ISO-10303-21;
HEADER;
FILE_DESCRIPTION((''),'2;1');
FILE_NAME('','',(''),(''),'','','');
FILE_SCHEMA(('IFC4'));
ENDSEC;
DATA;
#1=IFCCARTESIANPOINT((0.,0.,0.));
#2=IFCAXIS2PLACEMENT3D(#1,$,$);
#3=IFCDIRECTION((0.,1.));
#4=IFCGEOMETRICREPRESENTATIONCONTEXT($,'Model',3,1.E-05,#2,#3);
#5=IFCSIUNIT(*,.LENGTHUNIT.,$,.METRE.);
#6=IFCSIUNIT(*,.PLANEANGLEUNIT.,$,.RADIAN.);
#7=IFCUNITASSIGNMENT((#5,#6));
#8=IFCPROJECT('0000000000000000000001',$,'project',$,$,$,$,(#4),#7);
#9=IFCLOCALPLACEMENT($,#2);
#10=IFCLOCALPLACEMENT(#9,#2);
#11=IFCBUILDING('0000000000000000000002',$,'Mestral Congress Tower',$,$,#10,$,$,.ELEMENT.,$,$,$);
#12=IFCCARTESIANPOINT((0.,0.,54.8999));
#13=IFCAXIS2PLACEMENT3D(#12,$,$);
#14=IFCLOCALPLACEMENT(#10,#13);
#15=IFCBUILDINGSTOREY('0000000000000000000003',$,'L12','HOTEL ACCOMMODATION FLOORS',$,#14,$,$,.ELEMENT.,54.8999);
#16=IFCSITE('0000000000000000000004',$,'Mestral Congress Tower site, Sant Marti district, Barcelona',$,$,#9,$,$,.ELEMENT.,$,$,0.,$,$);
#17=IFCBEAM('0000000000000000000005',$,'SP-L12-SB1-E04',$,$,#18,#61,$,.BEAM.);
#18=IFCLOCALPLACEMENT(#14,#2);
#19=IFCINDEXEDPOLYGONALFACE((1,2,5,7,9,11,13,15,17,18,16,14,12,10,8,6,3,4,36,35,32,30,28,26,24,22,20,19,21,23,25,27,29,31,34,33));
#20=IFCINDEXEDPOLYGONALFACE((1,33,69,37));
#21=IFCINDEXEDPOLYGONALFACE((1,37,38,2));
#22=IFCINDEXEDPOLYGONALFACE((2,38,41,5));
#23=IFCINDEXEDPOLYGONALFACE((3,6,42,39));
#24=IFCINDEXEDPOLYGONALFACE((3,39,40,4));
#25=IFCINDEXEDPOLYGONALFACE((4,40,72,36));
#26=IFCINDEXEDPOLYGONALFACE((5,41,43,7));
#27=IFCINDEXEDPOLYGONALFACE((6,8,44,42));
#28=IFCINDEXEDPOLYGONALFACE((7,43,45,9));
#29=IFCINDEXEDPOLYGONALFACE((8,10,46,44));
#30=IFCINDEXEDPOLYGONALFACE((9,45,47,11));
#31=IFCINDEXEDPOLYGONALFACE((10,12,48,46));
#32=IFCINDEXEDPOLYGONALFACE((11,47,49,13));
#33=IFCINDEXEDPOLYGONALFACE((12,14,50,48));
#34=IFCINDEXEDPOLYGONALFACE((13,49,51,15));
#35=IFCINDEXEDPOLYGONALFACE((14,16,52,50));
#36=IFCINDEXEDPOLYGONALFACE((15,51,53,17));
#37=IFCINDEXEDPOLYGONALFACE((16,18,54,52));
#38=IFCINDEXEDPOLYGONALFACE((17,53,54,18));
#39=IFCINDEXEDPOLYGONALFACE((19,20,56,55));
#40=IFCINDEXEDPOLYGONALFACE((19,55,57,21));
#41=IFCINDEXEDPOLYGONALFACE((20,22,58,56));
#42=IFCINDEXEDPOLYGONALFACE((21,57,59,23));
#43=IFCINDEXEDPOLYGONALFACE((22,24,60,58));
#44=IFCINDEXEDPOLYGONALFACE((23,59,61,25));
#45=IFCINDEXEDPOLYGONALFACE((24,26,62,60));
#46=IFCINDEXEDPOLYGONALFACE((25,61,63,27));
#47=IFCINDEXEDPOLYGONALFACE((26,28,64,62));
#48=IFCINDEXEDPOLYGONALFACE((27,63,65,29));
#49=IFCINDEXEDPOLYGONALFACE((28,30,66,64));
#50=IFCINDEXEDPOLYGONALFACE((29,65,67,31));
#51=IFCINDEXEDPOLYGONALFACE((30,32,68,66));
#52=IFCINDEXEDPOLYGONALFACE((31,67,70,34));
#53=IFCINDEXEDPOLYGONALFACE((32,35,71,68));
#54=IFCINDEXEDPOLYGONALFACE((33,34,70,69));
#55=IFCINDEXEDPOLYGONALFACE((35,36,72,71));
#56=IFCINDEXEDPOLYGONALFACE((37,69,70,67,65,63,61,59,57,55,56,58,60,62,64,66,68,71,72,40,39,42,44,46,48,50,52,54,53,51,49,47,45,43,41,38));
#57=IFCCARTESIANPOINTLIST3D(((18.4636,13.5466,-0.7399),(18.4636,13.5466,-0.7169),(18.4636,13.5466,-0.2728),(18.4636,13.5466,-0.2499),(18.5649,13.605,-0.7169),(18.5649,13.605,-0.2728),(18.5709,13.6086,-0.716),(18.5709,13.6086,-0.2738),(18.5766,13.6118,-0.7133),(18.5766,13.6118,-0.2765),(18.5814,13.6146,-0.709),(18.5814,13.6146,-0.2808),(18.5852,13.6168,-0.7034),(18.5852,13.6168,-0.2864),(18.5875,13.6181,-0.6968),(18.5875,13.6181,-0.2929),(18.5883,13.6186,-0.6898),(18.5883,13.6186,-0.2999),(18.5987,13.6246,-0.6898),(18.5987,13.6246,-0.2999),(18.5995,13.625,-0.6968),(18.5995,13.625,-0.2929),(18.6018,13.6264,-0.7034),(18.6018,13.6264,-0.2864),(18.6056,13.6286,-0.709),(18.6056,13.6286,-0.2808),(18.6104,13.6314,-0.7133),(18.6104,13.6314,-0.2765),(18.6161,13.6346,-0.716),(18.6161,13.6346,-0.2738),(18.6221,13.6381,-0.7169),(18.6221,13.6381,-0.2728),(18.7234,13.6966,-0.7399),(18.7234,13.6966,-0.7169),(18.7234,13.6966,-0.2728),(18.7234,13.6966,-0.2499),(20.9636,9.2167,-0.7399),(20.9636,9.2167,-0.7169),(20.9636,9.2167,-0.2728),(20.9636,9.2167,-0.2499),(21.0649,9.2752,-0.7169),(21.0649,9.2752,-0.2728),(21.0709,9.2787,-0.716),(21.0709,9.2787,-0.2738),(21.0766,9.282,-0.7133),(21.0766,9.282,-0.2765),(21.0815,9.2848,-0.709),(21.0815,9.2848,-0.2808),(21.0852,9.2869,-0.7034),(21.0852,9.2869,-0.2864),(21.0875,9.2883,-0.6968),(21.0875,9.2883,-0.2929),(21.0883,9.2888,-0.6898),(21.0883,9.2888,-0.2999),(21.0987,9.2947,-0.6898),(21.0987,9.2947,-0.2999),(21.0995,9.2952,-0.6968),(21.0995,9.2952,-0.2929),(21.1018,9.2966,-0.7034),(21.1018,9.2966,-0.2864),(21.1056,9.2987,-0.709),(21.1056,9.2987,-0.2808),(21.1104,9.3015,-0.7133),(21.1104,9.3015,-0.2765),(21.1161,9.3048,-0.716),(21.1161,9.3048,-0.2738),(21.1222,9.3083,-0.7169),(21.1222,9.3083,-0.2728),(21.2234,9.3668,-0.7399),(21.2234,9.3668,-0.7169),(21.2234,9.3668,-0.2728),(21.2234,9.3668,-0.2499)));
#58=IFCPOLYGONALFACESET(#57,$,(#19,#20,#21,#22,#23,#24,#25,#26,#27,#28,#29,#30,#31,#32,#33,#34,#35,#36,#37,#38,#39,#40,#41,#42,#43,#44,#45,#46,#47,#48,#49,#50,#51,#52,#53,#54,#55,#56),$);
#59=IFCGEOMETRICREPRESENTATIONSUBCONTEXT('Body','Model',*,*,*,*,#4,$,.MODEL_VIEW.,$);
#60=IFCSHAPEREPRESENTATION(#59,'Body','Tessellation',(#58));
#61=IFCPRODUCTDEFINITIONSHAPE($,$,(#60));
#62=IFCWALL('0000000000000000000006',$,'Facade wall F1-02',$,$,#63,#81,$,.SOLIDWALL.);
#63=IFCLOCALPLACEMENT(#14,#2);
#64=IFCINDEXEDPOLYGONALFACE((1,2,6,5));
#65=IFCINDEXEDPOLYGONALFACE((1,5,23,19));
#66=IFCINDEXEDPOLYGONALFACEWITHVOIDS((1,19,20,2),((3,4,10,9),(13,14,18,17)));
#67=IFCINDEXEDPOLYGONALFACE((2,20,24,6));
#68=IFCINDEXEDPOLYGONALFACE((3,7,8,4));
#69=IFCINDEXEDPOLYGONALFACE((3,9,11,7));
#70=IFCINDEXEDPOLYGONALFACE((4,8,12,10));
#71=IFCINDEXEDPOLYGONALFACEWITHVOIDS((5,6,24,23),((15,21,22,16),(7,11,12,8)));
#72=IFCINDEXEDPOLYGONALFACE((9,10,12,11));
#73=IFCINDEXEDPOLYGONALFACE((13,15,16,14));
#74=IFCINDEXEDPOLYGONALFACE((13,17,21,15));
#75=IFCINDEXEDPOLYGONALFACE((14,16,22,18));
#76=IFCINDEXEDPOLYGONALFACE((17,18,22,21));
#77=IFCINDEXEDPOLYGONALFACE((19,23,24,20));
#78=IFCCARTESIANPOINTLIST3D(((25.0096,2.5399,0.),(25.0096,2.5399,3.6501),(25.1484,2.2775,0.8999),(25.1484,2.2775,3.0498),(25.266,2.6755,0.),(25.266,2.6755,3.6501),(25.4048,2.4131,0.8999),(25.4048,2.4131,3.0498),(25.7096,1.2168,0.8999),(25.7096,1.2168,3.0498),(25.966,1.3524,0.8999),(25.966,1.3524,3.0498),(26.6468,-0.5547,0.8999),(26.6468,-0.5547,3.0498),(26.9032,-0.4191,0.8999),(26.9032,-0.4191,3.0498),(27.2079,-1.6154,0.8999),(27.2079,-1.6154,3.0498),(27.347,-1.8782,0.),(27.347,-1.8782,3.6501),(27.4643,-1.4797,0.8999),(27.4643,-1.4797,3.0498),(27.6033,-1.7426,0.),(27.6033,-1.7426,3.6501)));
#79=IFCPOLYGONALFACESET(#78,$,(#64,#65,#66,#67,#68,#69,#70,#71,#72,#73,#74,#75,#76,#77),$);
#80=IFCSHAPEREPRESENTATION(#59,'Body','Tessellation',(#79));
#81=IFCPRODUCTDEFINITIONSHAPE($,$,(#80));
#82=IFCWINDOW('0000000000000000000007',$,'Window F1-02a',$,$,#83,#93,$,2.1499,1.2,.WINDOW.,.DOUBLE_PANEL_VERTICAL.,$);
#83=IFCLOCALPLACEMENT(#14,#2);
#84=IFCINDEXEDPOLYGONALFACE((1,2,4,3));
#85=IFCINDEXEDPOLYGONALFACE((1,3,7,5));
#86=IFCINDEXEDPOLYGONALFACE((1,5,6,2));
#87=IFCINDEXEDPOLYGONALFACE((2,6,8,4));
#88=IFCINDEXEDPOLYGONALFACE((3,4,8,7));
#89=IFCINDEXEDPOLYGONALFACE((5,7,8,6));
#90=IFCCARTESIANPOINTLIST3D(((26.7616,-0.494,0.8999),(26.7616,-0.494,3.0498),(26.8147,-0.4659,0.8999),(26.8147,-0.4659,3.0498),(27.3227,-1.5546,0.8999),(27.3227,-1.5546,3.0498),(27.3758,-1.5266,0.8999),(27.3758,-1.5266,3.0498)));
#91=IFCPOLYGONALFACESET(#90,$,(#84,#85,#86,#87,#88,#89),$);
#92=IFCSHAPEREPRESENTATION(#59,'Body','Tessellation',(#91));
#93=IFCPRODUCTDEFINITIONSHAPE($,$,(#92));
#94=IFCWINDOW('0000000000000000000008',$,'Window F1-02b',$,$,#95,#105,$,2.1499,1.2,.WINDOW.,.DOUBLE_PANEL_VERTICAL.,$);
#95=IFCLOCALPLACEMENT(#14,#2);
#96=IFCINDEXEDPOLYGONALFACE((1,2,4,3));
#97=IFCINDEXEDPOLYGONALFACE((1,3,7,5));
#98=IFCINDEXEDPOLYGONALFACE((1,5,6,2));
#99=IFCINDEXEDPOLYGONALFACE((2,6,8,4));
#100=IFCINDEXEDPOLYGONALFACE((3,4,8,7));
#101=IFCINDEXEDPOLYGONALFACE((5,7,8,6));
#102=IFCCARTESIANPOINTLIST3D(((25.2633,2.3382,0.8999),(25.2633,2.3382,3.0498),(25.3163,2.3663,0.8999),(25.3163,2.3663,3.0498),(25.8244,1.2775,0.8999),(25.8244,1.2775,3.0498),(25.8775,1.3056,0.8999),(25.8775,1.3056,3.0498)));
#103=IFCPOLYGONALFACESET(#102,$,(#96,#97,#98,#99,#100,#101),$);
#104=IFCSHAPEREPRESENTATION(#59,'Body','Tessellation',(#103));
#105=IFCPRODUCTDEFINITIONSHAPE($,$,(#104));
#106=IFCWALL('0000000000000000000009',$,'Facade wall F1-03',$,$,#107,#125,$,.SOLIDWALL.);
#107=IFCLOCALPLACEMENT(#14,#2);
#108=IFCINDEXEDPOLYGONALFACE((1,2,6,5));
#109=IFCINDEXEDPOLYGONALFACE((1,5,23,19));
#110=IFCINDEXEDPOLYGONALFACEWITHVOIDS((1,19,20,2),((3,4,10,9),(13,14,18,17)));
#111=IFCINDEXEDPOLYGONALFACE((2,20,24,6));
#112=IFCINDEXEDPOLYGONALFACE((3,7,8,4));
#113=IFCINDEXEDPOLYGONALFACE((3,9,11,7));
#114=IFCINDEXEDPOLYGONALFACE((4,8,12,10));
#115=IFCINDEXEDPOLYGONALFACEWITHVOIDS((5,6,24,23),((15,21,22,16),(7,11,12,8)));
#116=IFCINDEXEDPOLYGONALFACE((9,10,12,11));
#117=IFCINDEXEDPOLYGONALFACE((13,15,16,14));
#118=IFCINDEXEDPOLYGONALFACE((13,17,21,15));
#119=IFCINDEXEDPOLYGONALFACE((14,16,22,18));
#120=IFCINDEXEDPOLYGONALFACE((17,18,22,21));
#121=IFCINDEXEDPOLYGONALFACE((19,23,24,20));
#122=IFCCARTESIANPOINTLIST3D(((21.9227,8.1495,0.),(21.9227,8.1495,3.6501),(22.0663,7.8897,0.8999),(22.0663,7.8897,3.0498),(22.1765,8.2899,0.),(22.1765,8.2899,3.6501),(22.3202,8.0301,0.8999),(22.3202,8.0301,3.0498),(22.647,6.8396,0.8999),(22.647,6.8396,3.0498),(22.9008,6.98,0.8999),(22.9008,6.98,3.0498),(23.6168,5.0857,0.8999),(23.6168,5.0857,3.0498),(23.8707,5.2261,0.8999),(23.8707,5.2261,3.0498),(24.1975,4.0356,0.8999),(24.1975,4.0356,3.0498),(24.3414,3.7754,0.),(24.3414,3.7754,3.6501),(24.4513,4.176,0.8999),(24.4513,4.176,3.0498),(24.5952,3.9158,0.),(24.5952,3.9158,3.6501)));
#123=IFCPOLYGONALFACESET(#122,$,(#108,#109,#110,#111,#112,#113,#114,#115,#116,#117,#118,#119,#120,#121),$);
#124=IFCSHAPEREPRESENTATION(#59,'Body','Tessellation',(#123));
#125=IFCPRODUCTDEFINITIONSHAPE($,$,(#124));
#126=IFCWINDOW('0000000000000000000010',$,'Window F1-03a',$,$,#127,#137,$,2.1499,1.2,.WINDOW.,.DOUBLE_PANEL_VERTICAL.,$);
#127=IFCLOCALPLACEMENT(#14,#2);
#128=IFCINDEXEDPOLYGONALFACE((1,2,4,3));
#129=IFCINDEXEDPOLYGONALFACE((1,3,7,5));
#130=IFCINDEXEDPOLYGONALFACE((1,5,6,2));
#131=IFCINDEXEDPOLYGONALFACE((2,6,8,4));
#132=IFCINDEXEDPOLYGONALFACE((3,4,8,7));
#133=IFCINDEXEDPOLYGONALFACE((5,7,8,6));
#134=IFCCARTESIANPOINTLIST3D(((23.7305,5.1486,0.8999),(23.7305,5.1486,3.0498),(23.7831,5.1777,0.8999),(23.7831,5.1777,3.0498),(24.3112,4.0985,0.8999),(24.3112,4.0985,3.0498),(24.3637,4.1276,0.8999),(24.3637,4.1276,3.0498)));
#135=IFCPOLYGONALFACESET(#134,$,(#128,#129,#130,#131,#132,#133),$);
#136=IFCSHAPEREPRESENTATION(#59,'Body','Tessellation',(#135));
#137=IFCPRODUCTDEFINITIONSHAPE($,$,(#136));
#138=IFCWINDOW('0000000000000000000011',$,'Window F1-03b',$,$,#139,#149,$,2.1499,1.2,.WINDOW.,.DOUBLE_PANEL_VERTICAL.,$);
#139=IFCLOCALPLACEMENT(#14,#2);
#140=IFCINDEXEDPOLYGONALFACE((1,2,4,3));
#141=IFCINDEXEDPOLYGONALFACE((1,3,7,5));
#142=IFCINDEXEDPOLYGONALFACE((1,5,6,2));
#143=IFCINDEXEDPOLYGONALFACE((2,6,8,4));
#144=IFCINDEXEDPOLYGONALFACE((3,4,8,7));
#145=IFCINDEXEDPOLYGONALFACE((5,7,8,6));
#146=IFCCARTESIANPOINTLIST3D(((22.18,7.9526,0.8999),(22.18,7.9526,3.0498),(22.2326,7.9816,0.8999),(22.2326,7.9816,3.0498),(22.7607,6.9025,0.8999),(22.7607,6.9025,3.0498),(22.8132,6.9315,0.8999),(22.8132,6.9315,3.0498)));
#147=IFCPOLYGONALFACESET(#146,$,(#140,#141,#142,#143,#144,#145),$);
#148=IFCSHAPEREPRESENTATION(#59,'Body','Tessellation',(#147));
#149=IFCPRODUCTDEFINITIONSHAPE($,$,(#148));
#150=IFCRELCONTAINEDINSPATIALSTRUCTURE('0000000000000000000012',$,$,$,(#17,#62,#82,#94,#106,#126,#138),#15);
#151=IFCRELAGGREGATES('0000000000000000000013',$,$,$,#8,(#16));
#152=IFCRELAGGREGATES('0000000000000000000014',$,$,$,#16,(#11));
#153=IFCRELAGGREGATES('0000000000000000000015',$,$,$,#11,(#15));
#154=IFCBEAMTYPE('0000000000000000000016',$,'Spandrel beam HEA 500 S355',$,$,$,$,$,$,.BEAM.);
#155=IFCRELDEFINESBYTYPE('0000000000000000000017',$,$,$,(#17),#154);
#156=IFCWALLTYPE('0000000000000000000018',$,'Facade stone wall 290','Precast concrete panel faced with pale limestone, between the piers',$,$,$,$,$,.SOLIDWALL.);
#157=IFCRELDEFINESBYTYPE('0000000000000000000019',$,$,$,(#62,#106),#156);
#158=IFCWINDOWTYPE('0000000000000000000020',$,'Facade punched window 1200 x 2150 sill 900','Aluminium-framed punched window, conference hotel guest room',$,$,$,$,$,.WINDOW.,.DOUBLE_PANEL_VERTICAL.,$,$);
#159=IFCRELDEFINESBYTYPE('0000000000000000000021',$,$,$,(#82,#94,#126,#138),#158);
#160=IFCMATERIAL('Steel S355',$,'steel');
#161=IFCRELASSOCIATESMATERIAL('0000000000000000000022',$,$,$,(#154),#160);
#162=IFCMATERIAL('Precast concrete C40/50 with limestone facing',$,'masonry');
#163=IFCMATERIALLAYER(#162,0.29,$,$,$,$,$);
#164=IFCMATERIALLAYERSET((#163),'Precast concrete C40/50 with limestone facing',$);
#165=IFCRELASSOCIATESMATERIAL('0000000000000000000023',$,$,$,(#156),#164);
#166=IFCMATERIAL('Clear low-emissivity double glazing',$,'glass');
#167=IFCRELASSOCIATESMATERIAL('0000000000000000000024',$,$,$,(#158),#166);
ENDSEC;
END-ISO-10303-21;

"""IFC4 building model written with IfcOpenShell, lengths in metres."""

from ifc_helpers import new_model, si_unit, direction, frame, frame_2d, origin, origin_2d, place, context, subcontext, project, spatial, rectangle, i_section, extrude, material, layer, layer_set, material_profile, profile_set, type_object, element, fill, save


model = new_model("IFC4")

# Units and contexts
model_context = context("Model", 3, precision=1e-05, world=origin(), true_north=direction((0.0, 1.0)))
body_context = subcontext(model_context, "Body", "Model", "MODEL_VIEW")
ifc_project = project(units=[si_unit("LENGTHUNIT", "METRE"), si_unit("PLANEANGLEUNIT", "RADIAN")], contexts=[model_context])

# Site, building, storey
site_placement = place(None, origin())
site = spatial("IfcSite", under=ifc_project, at=site_placement, Name="Mestral Congress Tower site, Sant Marti district, Barcelona", CompositionType="ELEMENT", RefElevation=0.0)
building_placement = place(site_placement, origin())
building = spatial("IfcBuilding", under=site, at=building_placement, Name="Mestral Congress Tower", CompositionType="ELEMENT")
storey_placement = place(building_placement, frame((0.0, 0.0, 54.8999)))
storey = spatial("IfcBuildingStorey", under=building, at=storey_placement, Name="L12", Description="HOTEL ACCOMMODATION FLOORS", CompositionType="ELEMENT", Elevation=54.8999)

# Beam
ifc_material_1 = material(Name="Steel S355", Category="steel")
ifc_material_profile_1 = material_profile(ifc_material_1, i_section(OverallWidth=0.3, OverallDepth=0.49, WebThickness=0.012, FlangeThickness=0.0229, FilletRadius=0.0271, at=origin_2d()), Name="HEA 500")
ifc_profile_set_1 = profile_set([ifc_material_profile_1], Name="Steel S355")
beam_type_1 = type_object("IfcBeamType", Name="Spandrel beam HEA 500 S355", PredefinedType="BEAM", material=ifc_profile_set_1)
for number, where, z_axis, x_axis, name in (
    (1, (21.0935, 9.2917, -0.4949), (-0.500025, 0.866011, 0.0), (-0.866011, -0.500025, 0.0), "SP-L12-SB1-E04"),
):
    element("IfcBeam", number, at=place(storey_placement, frame(where, z_axis=z_axis, x_axis=x_axis)), inside=storey, type_object=beam_type_1, Name=name, PredefinedType="BEAM", context=body_context, shape_type="SweptSolid", body=[
        extrude(i_section(OverallWidth=0.3, OverallDepth=0.49, WebThickness=0.012, FlangeThickness=0.0229, FilletRadius=0.0271, at=origin_2d()), origin(), (0.0, 0.0, 1.0), 4.9998),
    ])

# Walls, openings, windows
ifc_material_2 = material(Name="Precast concrete C40/50 with limestone facing", Category="masonry")
ifc_layer_1 = layer(ifc_material_2, 0.29)
ifc_layer_set_1 = layer_set([ifc_layer_1], Name="Precast concrete C40/50 with limestone facing")
wall_type_1 = type_object("IfcWallType", Name="Facade stone wall 290", Description="Precast concrete panel faced with pale limestone, between the piers", PredefinedType="SOLIDWALL", material=ifc_layer_set_1)
wall_1_placement = place(storey_placement, frame((27.4751, -1.8103, 0.0), z_axis=(0.0, 0.0, 1.0), x_axis=(-0.46763, 0.883925, 0.0)))
wall_1 = element("IfcWall", 2, at=wall_1_placement, inside=storey, type_object=wall_type_1, Name="Facade wall F1-02", PredefinedType="SOLIDWALL", context=body_context, shape_type="SweptSolid", body=[
    extrude(rectangle(XDim=4.9983, YDim=0.29, at=frame_2d((2.499, 0.0))), origin(), (0.0, 0.0, 1.0), 3.6501),
])
opening_1_placement = place(wall_1_placement, frame((0.2971, 0.0, 0.8999)))
opening_1 = element("IfcOpeningElement", 3, at=opening_1_placement, cuts=wall_1, PredefinedType="OPENING", context=body_context, shape_type="SweptSolid", body=[
    extrude(rectangle(XDim=1.2, YDim=2.1499, at=frame_2d((0.6001, 1.075))), frame((0.0, 0.155, 0.0), z_axis=(0.0, -1.0, 0.0), x_axis=(1.0, 0.0, 0.0)), (0.0, 0.0, 1.0), 0.3101),
])
opening_2_placement = place(wall_1_placement, frame((3.5012, 0.0, 0.8999)))
opening_2 = element("IfcOpeningElement", 4, at=opening_2_placement, cuts=wall_1, PredefinedType="OPENING", context=body_context, shape_type="SweptSolid", body=[
    extrude(rectangle(XDim=1.2, YDim=2.1499, at=frame_2d((0.6001, 1.075))), frame((0.0, 0.155, 0.0), z_axis=(0.0, -1.0, 0.0), x_axis=(1.0, 0.0, 0.0)), (0.0, 0.0, 1.0), 0.3101),
])
ifc_material_3 = material(Name="Clear low-emissivity double glazing", Category="glass")
window_type = type_object("IfcWindowType", Name="Facade punched window 1200 x 2150 sill 900", Description="Aluminium-framed punched window, conference hotel guest room", PartitioningType="DOUBLE_PANEL_VERTICAL", PredefinedType="WINDOW", material=ifc_material_3)
window_1_placement = place(opening_1_placement, origin())
window_1 = element("IfcWindow", 5, at=window_1_placement, inside=storey, type_object=window_type, Name="Window F1-02a", OverallHeight=2.1499, OverallWidth=1.2, PartitioningType="DOUBLE_PANEL_VERTICAL", PredefinedType="WINDOW", context=body_context, shape_type="SweptSolid", body=[
    extrude(rectangle(XDim=1.2, YDim=2.1499, at=frame_2d((0.6001, 1.075))), frame((0.0, 0.0151, 0.0), z_axis=(0.0, -1.0, 0.0), x_axis=(1.0, 0.0, 0.0)), (0.0, 0.0, 1.0), 0.0601),
])
fill(opening_1, window_1)
window_2_placement = place(opening_2_placement, origin())
window_2 = element("IfcWindow", 6, at=window_2_placement, inside=storey, type_object=window_type, Name="Window F1-02b", OverallHeight=2.1499, OverallWidth=1.2, PartitioningType="DOUBLE_PANEL_VERTICAL", PredefinedType="WINDOW", context=body_context, shape_type="SweptSolid", body=[
    extrude(rectangle(XDim=1.2, YDim=2.1499, at=frame_2d((0.6001, 1.075))), frame((0.0, 0.0151, 0.0), z_axis=(0.0, -1.0, 0.0), x_axis=(1.0, 0.0, 0.0)), (0.0, 0.0, 1.0), 0.0601),
])
fill(opening_2, window_2)
wall_2_placement = place(storey_placement, frame((24.4683, 3.8457, 0.0), z_axis=(0.0, 0.0, 1.0), x_axis=(-0.483913, 0.875116, 0.0)))
wall_2 = element("IfcWall", 7, at=wall_2_placement, inside=storey, type_object=wall_type_1, Name="Facade wall F1-03", PredefinedType="SOLIDWALL", context=body_context, shape_type="SweptSolid", body=[
    extrude(rectangle(XDim=4.9983, YDim=0.29, at=frame_2d((2.499, 0.0))), origin(), (0.0, 0.0, 1.0), 3.6501),
])
opening_3_placement = place(wall_2_placement, frame((0.2971, 0.0, 0.8999)))
opening_3 = element("IfcOpeningElement", 8, at=opening_3_placement, cuts=wall_2, PredefinedType="OPENING", context=body_context, shape_type="SweptSolid", body=[
    extrude(rectangle(XDim=1.2, YDim=2.1499, at=frame_2d((0.6001, 1.075))), frame((0.0, 0.155, 0.0), z_axis=(0.0, -1.0, 0.0), x_axis=(1.0, 0.0, 0.0)), (0.0, 0.0, 1.0), 0.3101),
])
opening_4_placement = place(wall_2_placement, frame((3.5012, 0.0, 0.8999)))
opening_4 = element("IfcOpeningElement", 9, at=opening_4_placement, cuts=wall_2, PredefinedType="OPENING", context=body_context, shape_type="SweptSolid", body=[
    extrude(rectangle(XDim=1.2, YDim=2.1499, at=frame_2d((0.6001, 1.075))), frame((0.0, 0.155, 0.0), z_axis=(0.0, -1.0, 0.0), x_axis=(1.0, 0.0, 0.0)), (0.0, 0.0, 1.0), 0.3101),
])
window_3_placement = place(opening_3_placement, origin())
window_3 = element("IfcWindow", 10, at=window_3_placement, inside=storey, type_object=window_type, Name="Window F1-03a", OverallHeight=2.1499, OverallWidth=1.2, PartitioningType="DOUBLE_PANEL_VERTICAL", PredefinedType="WINDOW", context=body_context, shape_type="SweptSolid", body=[
    extrude(rectangle(XDim=1.2, YDim=2.1499, at=frame_2d((0.6001, 1.075))), frame((0.0, 0.0151, 0.0), z_axis=(0.0, -1.0, 0.0), x_axis=(1.0, 0.0, 0.0)), (0.0, 0.0, 1.0), 0.0601),
])
fill(opening_3, window_3)
window_4_placement = place(opening_4_placement, origin())
window_4 = element("IfcWindow", 11, at=window_4_placement, inside=storey, type_object=window_type, Name="Window F1-03b", OverallHeight=2.1499, OverallWidth=1.2, PartitioningType="DOUBLE_PANEL_VERTICAL", PredefinedType="WINDOW", context=body_context, shape_type="SweptSolid", body=[
    extrude(rectangle(XDim=1.2, YDim=2.1499, at=frame_2d((0.6001, 1.075))), frame((0.0, 0.0151, 0.0), z_axis=(0.0, -1.0, 0.0), x_axis=(1.0, 0.0, 0.0)), (0.0, 0.0, 1.0), 0.0601),
])
fill(opening_4, window_4)

save(model, "model.ifc")
